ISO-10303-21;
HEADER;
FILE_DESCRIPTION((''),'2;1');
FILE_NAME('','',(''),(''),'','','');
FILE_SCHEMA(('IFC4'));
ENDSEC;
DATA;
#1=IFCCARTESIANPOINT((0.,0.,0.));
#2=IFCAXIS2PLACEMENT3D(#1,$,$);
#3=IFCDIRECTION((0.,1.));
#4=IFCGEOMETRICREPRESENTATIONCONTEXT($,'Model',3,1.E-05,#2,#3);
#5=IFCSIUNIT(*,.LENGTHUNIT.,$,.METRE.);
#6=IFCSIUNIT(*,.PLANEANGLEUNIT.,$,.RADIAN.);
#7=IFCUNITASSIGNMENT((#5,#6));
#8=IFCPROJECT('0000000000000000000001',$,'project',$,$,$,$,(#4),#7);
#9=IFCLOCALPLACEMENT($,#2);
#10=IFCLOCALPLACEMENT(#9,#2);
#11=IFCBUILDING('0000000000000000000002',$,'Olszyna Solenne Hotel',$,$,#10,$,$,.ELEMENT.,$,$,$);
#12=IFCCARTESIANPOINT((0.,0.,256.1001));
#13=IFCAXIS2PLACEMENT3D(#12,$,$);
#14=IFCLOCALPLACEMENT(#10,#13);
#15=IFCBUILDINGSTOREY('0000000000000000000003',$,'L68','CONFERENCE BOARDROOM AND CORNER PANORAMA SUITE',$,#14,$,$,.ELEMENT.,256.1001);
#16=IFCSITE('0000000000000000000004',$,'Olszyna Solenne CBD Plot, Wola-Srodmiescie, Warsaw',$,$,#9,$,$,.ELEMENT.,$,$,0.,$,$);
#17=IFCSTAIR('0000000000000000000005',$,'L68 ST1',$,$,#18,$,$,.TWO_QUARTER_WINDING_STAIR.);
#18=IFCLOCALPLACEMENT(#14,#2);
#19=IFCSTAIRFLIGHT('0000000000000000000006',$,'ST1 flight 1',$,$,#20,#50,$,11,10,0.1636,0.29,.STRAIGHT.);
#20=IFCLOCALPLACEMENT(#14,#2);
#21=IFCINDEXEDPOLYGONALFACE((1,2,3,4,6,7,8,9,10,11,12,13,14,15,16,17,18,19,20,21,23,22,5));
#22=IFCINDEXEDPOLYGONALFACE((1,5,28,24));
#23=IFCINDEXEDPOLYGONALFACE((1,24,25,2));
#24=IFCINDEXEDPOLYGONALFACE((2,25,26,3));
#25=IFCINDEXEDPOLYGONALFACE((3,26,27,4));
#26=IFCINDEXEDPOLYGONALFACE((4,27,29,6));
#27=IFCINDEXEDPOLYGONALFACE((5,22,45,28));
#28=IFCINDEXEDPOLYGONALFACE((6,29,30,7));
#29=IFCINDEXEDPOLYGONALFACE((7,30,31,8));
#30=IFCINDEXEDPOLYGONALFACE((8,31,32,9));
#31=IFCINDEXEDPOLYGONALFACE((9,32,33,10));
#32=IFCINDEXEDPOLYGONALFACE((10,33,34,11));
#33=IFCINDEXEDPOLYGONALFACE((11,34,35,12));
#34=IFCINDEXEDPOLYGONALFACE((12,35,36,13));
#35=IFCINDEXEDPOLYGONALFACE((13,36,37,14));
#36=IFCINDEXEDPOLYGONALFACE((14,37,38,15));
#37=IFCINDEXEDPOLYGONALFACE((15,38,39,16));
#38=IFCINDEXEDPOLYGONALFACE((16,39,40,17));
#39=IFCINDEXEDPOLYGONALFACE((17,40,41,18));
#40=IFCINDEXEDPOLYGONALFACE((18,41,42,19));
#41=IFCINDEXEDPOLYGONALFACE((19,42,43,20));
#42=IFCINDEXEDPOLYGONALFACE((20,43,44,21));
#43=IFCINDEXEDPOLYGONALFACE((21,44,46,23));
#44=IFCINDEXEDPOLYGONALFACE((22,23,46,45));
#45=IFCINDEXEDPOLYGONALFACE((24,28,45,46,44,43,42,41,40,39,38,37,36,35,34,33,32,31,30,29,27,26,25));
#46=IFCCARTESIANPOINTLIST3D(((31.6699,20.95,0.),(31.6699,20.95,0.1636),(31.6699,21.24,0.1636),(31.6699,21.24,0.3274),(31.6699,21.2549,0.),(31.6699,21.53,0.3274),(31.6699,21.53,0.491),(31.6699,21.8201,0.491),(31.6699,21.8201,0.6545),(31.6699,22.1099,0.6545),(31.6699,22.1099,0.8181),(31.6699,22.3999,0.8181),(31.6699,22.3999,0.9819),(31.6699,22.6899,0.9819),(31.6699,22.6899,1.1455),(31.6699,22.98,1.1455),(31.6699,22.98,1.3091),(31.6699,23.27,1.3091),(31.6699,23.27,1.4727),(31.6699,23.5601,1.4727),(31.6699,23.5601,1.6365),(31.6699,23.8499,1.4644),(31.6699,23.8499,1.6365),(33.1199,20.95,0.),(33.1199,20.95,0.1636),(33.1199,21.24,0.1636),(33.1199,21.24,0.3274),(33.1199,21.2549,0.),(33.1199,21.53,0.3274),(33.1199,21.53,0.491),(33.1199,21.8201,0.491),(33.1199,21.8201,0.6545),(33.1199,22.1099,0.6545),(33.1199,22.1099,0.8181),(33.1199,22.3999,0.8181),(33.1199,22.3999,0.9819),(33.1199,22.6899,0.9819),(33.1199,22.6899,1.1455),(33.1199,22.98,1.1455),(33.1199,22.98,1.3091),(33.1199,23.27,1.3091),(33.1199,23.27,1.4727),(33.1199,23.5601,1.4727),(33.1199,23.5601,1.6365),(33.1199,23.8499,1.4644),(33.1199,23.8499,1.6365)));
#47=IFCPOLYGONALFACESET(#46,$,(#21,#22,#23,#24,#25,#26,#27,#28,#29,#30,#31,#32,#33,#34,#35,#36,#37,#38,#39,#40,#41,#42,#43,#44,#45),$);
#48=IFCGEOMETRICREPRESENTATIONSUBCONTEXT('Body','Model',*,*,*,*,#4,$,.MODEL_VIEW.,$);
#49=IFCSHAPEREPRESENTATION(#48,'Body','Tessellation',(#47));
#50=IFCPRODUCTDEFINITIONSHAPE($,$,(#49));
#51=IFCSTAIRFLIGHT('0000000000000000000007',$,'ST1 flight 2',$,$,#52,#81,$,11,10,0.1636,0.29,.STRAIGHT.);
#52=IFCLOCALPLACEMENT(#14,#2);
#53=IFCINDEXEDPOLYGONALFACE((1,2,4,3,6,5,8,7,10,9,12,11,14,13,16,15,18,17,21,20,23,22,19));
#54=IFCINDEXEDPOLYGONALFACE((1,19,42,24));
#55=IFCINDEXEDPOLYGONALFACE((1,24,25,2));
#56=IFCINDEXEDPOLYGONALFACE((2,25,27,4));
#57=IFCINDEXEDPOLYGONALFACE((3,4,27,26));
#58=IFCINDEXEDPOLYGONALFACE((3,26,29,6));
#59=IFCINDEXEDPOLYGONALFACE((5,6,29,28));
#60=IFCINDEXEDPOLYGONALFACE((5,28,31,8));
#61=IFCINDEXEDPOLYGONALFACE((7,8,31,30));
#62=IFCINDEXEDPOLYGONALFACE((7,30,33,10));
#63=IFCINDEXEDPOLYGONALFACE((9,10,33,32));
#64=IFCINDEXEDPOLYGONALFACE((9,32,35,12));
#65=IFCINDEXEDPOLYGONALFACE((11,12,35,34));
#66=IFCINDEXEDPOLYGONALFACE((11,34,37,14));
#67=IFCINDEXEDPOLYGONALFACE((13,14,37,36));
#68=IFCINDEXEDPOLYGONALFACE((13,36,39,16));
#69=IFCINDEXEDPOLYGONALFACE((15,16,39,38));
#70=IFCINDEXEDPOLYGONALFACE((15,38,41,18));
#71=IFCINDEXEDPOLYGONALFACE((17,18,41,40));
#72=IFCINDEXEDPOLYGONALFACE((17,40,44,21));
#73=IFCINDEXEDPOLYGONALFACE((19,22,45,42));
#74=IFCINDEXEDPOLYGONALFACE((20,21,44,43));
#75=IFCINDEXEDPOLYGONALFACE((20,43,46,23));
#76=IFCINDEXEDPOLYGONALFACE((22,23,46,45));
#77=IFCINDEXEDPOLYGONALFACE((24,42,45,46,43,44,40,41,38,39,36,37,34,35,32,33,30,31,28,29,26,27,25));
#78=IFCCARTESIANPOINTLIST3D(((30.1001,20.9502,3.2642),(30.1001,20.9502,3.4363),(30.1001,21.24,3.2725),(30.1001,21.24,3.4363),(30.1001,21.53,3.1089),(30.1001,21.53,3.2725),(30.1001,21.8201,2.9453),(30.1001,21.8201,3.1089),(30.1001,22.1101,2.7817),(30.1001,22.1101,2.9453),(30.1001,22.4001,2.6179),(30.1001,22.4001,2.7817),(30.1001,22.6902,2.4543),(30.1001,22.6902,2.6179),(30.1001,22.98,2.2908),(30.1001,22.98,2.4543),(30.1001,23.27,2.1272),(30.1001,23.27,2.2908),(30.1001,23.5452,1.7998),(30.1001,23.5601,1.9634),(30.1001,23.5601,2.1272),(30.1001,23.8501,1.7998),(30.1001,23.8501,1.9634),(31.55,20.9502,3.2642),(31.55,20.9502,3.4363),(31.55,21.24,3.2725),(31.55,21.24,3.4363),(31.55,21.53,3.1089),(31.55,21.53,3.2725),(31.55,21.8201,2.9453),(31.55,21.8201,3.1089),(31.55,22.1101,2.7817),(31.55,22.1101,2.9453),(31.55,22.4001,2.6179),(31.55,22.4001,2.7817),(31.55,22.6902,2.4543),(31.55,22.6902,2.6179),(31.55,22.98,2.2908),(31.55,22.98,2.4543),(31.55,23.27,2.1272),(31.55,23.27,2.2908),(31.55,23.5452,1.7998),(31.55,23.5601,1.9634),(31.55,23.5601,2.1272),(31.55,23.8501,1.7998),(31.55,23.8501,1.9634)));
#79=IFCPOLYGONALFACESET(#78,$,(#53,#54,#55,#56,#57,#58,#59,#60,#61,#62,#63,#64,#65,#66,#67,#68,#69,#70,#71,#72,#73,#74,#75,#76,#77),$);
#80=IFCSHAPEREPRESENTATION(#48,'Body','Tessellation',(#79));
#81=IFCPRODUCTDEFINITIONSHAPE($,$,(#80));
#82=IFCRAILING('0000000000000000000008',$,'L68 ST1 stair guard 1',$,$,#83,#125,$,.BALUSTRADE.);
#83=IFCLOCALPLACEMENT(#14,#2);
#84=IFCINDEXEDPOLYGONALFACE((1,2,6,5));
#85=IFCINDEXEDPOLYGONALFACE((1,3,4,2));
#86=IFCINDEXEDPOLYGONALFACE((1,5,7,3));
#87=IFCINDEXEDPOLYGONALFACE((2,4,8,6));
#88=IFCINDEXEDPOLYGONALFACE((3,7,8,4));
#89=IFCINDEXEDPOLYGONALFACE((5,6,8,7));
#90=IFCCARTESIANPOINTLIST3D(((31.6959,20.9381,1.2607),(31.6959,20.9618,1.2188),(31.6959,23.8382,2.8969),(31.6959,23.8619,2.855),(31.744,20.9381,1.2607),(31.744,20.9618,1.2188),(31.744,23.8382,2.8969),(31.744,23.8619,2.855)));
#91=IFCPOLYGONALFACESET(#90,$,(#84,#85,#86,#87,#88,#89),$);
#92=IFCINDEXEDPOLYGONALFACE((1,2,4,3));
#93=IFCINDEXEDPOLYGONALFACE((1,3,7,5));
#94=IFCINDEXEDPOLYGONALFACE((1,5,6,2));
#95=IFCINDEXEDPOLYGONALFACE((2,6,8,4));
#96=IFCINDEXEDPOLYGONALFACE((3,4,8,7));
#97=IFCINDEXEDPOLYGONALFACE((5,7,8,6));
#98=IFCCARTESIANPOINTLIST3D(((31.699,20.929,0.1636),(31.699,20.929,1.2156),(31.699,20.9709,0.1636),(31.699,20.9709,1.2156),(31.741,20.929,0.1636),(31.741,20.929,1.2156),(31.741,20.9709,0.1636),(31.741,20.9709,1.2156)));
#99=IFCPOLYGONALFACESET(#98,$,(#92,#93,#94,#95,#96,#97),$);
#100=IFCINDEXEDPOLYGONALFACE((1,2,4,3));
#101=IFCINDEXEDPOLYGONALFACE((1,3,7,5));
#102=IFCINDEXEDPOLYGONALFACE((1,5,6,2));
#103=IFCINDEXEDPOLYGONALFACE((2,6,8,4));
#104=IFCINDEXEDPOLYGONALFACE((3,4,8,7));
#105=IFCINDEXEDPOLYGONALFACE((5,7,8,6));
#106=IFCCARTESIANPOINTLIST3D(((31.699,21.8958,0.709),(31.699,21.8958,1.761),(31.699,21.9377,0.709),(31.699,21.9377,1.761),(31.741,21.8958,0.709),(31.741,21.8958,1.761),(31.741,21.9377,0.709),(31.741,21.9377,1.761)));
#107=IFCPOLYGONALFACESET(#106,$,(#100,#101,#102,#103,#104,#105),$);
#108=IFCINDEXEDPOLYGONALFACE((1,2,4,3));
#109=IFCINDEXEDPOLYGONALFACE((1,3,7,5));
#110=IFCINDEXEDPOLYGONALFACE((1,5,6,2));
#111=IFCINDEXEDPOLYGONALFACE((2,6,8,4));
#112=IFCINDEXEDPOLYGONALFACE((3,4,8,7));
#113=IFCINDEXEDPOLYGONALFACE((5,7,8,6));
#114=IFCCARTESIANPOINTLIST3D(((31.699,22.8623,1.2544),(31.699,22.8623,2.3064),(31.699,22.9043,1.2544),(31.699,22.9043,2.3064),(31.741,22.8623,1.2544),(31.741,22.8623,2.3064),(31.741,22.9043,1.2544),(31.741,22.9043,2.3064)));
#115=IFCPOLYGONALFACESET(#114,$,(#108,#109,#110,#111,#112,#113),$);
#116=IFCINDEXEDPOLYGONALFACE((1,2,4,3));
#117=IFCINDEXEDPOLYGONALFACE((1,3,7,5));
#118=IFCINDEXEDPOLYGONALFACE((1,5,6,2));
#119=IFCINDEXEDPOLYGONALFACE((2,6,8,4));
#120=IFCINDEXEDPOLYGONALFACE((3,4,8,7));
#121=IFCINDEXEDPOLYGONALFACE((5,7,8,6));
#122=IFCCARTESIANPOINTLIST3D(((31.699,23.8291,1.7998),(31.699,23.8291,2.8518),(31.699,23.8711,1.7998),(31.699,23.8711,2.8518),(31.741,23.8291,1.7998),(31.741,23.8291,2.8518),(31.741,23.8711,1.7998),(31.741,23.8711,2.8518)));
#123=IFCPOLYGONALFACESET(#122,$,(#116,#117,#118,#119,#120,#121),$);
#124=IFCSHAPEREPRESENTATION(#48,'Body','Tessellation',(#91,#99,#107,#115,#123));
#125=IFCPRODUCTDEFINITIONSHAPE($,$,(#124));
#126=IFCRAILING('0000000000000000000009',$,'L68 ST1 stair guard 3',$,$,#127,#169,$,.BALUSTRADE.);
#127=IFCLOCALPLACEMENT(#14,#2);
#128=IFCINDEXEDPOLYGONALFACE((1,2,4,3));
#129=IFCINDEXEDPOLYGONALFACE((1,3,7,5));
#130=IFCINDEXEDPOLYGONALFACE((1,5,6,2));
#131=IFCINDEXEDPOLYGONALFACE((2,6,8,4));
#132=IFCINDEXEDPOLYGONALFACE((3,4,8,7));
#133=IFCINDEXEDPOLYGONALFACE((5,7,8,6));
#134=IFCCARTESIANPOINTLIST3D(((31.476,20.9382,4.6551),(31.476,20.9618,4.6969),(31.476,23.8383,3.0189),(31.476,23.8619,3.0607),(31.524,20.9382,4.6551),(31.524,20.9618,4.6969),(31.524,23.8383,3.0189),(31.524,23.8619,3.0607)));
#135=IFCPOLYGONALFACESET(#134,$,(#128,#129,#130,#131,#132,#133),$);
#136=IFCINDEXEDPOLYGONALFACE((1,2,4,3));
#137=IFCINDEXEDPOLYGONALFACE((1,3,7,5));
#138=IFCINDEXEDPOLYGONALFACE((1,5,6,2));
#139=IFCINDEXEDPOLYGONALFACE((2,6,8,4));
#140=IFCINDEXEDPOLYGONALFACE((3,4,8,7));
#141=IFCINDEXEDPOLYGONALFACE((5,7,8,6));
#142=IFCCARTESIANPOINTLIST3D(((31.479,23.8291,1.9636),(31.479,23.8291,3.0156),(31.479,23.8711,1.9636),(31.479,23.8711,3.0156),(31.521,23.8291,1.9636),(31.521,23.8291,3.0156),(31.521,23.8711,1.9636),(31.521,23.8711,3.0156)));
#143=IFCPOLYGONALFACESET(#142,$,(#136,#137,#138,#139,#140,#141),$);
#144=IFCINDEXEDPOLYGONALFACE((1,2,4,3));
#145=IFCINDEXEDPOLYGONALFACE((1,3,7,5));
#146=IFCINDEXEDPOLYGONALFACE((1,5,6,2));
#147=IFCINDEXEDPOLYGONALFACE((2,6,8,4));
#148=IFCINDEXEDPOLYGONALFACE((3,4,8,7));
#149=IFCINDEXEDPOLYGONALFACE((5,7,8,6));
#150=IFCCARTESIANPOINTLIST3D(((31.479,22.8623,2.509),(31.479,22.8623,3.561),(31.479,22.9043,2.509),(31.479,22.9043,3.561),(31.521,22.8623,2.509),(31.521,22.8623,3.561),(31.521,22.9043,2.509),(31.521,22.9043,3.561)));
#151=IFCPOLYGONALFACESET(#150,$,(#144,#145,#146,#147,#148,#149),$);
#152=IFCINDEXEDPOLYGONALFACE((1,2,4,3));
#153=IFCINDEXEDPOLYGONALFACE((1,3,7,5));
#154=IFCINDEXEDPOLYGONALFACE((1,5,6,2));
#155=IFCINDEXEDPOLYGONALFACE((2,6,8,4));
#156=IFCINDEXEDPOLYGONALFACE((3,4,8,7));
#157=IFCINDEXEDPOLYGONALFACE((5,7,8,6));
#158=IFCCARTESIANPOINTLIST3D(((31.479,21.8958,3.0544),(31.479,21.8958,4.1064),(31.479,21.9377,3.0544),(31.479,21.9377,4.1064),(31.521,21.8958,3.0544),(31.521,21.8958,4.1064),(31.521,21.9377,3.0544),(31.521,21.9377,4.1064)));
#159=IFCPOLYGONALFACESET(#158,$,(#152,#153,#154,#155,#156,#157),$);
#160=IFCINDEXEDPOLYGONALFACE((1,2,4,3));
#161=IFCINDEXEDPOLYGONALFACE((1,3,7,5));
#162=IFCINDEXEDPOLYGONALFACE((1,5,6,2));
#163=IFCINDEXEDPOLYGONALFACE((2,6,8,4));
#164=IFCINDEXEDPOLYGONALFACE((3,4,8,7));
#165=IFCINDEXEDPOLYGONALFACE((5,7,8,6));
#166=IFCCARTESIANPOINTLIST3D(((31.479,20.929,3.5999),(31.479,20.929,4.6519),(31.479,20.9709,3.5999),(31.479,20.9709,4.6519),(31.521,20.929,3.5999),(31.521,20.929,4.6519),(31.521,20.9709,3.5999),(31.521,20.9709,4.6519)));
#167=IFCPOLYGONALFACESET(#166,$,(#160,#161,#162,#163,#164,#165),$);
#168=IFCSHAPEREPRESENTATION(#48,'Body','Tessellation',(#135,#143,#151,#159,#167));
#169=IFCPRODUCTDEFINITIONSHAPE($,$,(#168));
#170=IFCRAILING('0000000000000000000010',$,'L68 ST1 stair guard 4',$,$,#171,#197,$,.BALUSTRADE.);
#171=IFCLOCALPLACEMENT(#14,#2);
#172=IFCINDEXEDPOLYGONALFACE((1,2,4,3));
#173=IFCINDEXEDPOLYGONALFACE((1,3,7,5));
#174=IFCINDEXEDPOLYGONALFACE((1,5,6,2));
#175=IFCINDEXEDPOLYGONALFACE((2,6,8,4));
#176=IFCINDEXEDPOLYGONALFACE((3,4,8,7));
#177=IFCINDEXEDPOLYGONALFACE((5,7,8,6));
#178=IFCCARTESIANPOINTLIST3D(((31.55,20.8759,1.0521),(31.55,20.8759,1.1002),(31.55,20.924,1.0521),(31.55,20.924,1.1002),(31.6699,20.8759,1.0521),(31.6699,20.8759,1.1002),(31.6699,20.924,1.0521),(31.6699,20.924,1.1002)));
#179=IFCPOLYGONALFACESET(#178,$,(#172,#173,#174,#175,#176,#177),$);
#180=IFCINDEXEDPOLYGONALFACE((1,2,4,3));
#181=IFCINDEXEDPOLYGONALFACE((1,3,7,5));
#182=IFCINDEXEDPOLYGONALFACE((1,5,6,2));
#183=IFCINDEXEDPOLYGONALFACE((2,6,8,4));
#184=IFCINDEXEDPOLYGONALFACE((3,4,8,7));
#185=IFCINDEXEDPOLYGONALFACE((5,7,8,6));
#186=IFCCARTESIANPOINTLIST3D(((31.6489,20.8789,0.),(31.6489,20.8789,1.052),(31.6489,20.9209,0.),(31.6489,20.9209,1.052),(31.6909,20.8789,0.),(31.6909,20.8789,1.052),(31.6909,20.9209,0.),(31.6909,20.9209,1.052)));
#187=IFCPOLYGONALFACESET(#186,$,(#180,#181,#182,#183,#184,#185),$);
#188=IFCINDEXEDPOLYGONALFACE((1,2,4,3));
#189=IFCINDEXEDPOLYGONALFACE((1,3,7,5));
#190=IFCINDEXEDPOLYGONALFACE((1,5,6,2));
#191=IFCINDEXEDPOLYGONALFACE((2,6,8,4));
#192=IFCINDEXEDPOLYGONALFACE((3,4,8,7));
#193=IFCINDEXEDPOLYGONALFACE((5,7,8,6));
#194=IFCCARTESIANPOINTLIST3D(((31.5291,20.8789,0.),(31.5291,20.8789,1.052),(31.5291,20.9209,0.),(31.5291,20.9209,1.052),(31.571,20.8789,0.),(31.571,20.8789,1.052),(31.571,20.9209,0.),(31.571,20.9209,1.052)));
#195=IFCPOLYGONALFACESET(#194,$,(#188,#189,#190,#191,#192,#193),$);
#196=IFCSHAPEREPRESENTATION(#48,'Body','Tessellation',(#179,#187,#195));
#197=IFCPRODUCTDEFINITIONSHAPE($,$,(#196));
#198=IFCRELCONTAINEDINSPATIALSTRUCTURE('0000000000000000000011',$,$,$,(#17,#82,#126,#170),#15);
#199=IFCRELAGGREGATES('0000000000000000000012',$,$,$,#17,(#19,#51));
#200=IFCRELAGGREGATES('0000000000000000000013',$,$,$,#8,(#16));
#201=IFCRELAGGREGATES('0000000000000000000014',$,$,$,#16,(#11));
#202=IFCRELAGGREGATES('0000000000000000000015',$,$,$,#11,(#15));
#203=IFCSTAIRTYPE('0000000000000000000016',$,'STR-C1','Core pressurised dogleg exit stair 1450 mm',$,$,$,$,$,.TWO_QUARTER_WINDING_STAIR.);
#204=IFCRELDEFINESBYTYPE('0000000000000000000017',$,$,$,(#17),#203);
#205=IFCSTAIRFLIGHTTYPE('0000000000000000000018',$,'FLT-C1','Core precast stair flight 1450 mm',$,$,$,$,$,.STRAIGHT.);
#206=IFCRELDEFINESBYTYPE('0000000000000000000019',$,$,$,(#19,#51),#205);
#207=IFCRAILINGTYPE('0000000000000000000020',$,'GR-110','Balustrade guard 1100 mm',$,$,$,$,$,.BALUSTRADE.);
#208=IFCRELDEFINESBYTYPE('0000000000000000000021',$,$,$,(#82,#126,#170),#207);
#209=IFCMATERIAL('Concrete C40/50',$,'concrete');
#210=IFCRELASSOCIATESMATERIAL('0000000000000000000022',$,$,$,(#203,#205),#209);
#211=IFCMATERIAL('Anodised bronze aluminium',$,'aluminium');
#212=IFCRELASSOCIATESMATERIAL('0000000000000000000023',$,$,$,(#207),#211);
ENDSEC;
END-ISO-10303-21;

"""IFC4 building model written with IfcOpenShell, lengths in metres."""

from ifc_helpers import new_model, si_unit, direction, frame, origin, origin_2d, place, context, subcontext, project, spatial, polyline, rectangle, outline, extrude, material, type_object, element, aggregate, save


model = new_model("IFC4")

# Units and contexts
model_context = context("Model", 3, precision=1e-05, world=origin(), true_north=direction((0.0, 1.0)))
body_context = subcontext(model_context, "Body", "Model", "MODEL_VIEW")
ifc_project = project(units=[si_unit("LENGTHUNIT", "METRE"), si_unit("PLANEANGLEUNIT", "RADIAN")], contexts=[model_context])

# Site, building, storey
site_placement = place(None, origin())
site = spatial("IfcSite", under=ifc_project, at=site_placement, Name="Olszyna Solenne CBD Plot, Wola-Srodmiescie, Warsaw", CompositionType="ELEMENT", RefElevation=0.0)
building_placement = place(site_placement, origin())
building = spatial("IfcBuilding", under=site, at=building_placement, Name="Olszyna Solenne Hotel", CompositionType="ELEMENT")
storey_placement = place(building_placement, frame((0.0, 0.0, 256.1001)))
storey = spatial("IfcBuildingStorey", under=building, at=storey_placement, Name="L68", Description="CONFERENCE BOARDROOM AND CORNER PANORAMA SUITE", CompositionType="ELEMENT", Elevation=256.1001)

# Shared definitions
ifc_material_1 = material(Name="Anodised bronze aluminium", Category="aluminium")

# Stair, stair flights
ifc_material_2 = material(Name="Concrete C40/50", Category="concrete")
stair_type = type_object("IfcStairType", Name="STR-C1", Description="Core pressurised dogleg exit stair 1450 mm", PredefinedType="TWO_QUARTER_WINDING_STAIR", material=ifc_material_2)
stair_placement = place(storey_placement, origin())
stair = element("IfcStair", 1, at=stair_placement, inside=storey, type_object=stair_type, Name="L68 ST1", PredefinedType="TWO_QUARTER_WINDING_STAIR")
stair_flight_type = type_object("IfcStairFlightType", Name="FLT-C1", Description="Core precast stair flight 1450 mm", PredefinedType="STRAIGHT", material=ifc_material_2)
stair_flight_1_placement = place(storey_placement, frame((32.395, 20.95, 0.0), z_axis=(0.0, 0.0, 1.0), x_axis=(0.0, 1.0, 0.0)))
stair_flight_1 = element("IfcStairFlight", 2, at=stair_flight_1_placement, type_object=stair_flight_type, Name="ST1 flight 1", NumberOfRisers=11, NumberOfTreads=10, PredefinedType="STRAIGHT", RiserHeight=0.1636, TreadLength=0.29, context=body_context, shape_type="SweptSolid", body=[
    extrude(outline(polyline([(0.0, 0.0), (0.0, 0.1636), (0.29, 0.1636), (0.29, 0.3274), (0.5801, 0.3274), (0.5801, 0.491), (0.8701, 0.491), (0.8701, 0.6545), (1.1599, 0.6545), (1.1599, 0.8181), (1.45, 0.8181), (1.45, 0.9819), (1.74, 0.9819), (1.74, 1.1455), (2.03, 1.1455), (2.03, 1.3091), (2.3201, 1.3091), (2.3201, 1.4727), (2.6101, 1.4727), (2.6101, 1.6365), (2.8999, 1.6365), (2.8999, 1.8), (2.8999, 1.4644), (0.3049, 0.0), (0.0, 0.0)])), frame((0.0, 0.7251, 0.0), z_axis=(0.0, -1.0, 0.0), x_axis=(1.0, 0.0, 0.0)), (0.0, 0.0, 1.0), 1.45),
])
stair_flight_2_placement = place(storey_placement, frame((30.825, 23.8501, 1.7998), z_axis=(0.0, 0.0, 1.0), x_axis=(0.0, -1.0, 0.0)))
stair_flight_2 = element("IfcStairFlight", 3, at=stair_flight_2_placement, type_object=stair_flight_type, Name="ST1 flight 2", NumberOfRisers=11, NumberOfTreads=10, PredefinedType="STRAIGHT", RiserHeight=0.1636, TreadLength=0.29, context=body_context, shape_type="SweptSolid", body=[
    extrude(outline(polyline([(0.0, 0.0), (0.0, 0.1636), (0.29, 0.1636), (0.29, 0.3274), (0.5801, 0.3274), (0.5801, 0.491), (0.8701, 0.491), (0.8701, 0.6545), (1.1599, 0.6545), (1.1599, 0.8181), (1.45, 0.8181), (1.45, 0.9819), (1.74, 0.9819), (1.74, 1.1455), (2.03, 1.1455), (2.03, 1.3091), (2.3201, 1.3091), (2.3201, 1.4727), (2.6101, 1.4727), (2.6101, 1.6365), (2.8999, 1.6365), (2.8999, 1.8), (2.8999, 1.4644), (0.3049, 0.0), (0.0, 0.0)])), frame((0.0, 0.7251, 0.0), z_axis=(0.0, -1.0, 0.0), x_axis=(1.0, 0.0, 0.0)), (0.0, 0.0, 1.0), 1.45),
])
aggregate(stair, [stair_flight_1, stair_flight_2])

# Railings
railing_type_1 = type_object("IfcRailingType", Name="GR-110", Description="Balustrade guard 1100 mm", PredefinedType="BALUSTRADE", material=ifc_material_1)
railing_1_placement = place(storey_placement, frame((31.72, 20.95, 0.1636)))
element("IfcRailing", 4, at=railing_1_placement, inside=storey, type_object=railing_type_1, Name="L68 ST1 stair guard 1", PredefinedType="BALUSTRADE", context=body_context, shape_type="SweptSolid", body=[
    extrude(rectangle(XDim=0.0481, YDim=0.0481, at=origin_2d()), frame((0.0, 0.0, 1.0762), z_axis=(0.0, 0.870946, 0.491378), x_axis=(-1.0, 0.0, 0.0)), (0.0, 0.0, 1.0), 3.3298),
    extrude(rectangle(XDim=0.042, YDim=0.042, at=origin_2d()), origin(), (0.0, 0.0, 1.0), 1.052),
    extrude(rectangle(XDim=0.042, YDim=0.042, at=origin_2d()), frame((0.0, 0.9668, 0.5454)), (0.0, 0.0, 1.0), 1.052),
    extrude(rectangle(XDim=0.042, YDim=0.042, at=origin_2d()), frame((0.0, 1.9333, 1.0908)), (0.0, 0.0, 1.0), 1.052),
    extrude(rectangle(XDim=0.042, YDim=0.042, at=origin_2d()), frame((0.0, 2.9001, 1.6362)), (0.0, 0.0, 1.0), 1.052),
])
railing_2_placement = place(storey_placement, frame((31.5, 23.8501, 1.9636)))
element("IfcRailing", 5, at=railing_2_placement, inside=storey, type_object=railing_type_1, Name="L68 ST1 stair guard 3", PredefinedType="BALUSTRADE", context=body_context, shape_type="SweptSolid", body=[
    extrude(rectangle(XDim=0.0481, YDim=0.0481, at=origin_2d()), frame((0.0, 0.0, 1.0762), z_axis=(0.0, -0.870946, 0.491378), x_axis=(1.0, 0.0, 0.0)), (0.0, 0.0, 1.0), 3.3298),
    extrude(rectangle(XDim=0.042, YDim=0.042, at=origin_2d()), origin(), (0.0, 0.0, 1.0), 1.052),
    extrude(rectangle(XDim=0.042, YDim=0.042, at=origin_2d()), frame((0.0, -0.9668, 0.5454)), (0.0, 0.0, 1.0), 1.052),
    extrude(rectangle(XDim=0.042, YDim=0.042, at=origin_2d()), frame((0.0, -1.9333, 1.0908)), (0.0, 0.0, 1.0), 1.052),
    extrude(rectangle(XDim=0.042, YDim=0.042, at=origin_2d()), frame((0.0, -2.9001, 1.6362)), (0.0, 0.0, 1.0), 1.052),
])
railing_3_placement = place(storey_placement, frame((31.6699, 20.8999, 0.0)))
element("IfcRailing", 6, at=railing_3_placement, inside=storey, type_object=railing_type_1, Name="L68 ST1 stair guard 4", PredefinedType="BALUSTRADE", context=body_context, shape_type="SweptSolid", body=[
    extrude(rectangle(XDim=0.0481, YDim=0.0481, at=origin_2d()), frame((0.0, 0.0, 1.0762), z_axis=(-1.0, 0.0, 0.0), x_axis=(0.0, -1.0, 0.0)), (0.0, 0.0, 1.0), 0.1199),
    extrude(rectangle(XDim=0.042, YDim=0.042, at=origin_2d()), origin(), (0.0, 0.0, 1.0), 1.052),
    extrude(rectangle(XDim=0.042, YDim=0.042, at=origin_2d()), frame((-0.1199, 0.0, 0.0)), (0.0, 0.0, 1.0), 1.052),
])

save(model, "model.ifc")
